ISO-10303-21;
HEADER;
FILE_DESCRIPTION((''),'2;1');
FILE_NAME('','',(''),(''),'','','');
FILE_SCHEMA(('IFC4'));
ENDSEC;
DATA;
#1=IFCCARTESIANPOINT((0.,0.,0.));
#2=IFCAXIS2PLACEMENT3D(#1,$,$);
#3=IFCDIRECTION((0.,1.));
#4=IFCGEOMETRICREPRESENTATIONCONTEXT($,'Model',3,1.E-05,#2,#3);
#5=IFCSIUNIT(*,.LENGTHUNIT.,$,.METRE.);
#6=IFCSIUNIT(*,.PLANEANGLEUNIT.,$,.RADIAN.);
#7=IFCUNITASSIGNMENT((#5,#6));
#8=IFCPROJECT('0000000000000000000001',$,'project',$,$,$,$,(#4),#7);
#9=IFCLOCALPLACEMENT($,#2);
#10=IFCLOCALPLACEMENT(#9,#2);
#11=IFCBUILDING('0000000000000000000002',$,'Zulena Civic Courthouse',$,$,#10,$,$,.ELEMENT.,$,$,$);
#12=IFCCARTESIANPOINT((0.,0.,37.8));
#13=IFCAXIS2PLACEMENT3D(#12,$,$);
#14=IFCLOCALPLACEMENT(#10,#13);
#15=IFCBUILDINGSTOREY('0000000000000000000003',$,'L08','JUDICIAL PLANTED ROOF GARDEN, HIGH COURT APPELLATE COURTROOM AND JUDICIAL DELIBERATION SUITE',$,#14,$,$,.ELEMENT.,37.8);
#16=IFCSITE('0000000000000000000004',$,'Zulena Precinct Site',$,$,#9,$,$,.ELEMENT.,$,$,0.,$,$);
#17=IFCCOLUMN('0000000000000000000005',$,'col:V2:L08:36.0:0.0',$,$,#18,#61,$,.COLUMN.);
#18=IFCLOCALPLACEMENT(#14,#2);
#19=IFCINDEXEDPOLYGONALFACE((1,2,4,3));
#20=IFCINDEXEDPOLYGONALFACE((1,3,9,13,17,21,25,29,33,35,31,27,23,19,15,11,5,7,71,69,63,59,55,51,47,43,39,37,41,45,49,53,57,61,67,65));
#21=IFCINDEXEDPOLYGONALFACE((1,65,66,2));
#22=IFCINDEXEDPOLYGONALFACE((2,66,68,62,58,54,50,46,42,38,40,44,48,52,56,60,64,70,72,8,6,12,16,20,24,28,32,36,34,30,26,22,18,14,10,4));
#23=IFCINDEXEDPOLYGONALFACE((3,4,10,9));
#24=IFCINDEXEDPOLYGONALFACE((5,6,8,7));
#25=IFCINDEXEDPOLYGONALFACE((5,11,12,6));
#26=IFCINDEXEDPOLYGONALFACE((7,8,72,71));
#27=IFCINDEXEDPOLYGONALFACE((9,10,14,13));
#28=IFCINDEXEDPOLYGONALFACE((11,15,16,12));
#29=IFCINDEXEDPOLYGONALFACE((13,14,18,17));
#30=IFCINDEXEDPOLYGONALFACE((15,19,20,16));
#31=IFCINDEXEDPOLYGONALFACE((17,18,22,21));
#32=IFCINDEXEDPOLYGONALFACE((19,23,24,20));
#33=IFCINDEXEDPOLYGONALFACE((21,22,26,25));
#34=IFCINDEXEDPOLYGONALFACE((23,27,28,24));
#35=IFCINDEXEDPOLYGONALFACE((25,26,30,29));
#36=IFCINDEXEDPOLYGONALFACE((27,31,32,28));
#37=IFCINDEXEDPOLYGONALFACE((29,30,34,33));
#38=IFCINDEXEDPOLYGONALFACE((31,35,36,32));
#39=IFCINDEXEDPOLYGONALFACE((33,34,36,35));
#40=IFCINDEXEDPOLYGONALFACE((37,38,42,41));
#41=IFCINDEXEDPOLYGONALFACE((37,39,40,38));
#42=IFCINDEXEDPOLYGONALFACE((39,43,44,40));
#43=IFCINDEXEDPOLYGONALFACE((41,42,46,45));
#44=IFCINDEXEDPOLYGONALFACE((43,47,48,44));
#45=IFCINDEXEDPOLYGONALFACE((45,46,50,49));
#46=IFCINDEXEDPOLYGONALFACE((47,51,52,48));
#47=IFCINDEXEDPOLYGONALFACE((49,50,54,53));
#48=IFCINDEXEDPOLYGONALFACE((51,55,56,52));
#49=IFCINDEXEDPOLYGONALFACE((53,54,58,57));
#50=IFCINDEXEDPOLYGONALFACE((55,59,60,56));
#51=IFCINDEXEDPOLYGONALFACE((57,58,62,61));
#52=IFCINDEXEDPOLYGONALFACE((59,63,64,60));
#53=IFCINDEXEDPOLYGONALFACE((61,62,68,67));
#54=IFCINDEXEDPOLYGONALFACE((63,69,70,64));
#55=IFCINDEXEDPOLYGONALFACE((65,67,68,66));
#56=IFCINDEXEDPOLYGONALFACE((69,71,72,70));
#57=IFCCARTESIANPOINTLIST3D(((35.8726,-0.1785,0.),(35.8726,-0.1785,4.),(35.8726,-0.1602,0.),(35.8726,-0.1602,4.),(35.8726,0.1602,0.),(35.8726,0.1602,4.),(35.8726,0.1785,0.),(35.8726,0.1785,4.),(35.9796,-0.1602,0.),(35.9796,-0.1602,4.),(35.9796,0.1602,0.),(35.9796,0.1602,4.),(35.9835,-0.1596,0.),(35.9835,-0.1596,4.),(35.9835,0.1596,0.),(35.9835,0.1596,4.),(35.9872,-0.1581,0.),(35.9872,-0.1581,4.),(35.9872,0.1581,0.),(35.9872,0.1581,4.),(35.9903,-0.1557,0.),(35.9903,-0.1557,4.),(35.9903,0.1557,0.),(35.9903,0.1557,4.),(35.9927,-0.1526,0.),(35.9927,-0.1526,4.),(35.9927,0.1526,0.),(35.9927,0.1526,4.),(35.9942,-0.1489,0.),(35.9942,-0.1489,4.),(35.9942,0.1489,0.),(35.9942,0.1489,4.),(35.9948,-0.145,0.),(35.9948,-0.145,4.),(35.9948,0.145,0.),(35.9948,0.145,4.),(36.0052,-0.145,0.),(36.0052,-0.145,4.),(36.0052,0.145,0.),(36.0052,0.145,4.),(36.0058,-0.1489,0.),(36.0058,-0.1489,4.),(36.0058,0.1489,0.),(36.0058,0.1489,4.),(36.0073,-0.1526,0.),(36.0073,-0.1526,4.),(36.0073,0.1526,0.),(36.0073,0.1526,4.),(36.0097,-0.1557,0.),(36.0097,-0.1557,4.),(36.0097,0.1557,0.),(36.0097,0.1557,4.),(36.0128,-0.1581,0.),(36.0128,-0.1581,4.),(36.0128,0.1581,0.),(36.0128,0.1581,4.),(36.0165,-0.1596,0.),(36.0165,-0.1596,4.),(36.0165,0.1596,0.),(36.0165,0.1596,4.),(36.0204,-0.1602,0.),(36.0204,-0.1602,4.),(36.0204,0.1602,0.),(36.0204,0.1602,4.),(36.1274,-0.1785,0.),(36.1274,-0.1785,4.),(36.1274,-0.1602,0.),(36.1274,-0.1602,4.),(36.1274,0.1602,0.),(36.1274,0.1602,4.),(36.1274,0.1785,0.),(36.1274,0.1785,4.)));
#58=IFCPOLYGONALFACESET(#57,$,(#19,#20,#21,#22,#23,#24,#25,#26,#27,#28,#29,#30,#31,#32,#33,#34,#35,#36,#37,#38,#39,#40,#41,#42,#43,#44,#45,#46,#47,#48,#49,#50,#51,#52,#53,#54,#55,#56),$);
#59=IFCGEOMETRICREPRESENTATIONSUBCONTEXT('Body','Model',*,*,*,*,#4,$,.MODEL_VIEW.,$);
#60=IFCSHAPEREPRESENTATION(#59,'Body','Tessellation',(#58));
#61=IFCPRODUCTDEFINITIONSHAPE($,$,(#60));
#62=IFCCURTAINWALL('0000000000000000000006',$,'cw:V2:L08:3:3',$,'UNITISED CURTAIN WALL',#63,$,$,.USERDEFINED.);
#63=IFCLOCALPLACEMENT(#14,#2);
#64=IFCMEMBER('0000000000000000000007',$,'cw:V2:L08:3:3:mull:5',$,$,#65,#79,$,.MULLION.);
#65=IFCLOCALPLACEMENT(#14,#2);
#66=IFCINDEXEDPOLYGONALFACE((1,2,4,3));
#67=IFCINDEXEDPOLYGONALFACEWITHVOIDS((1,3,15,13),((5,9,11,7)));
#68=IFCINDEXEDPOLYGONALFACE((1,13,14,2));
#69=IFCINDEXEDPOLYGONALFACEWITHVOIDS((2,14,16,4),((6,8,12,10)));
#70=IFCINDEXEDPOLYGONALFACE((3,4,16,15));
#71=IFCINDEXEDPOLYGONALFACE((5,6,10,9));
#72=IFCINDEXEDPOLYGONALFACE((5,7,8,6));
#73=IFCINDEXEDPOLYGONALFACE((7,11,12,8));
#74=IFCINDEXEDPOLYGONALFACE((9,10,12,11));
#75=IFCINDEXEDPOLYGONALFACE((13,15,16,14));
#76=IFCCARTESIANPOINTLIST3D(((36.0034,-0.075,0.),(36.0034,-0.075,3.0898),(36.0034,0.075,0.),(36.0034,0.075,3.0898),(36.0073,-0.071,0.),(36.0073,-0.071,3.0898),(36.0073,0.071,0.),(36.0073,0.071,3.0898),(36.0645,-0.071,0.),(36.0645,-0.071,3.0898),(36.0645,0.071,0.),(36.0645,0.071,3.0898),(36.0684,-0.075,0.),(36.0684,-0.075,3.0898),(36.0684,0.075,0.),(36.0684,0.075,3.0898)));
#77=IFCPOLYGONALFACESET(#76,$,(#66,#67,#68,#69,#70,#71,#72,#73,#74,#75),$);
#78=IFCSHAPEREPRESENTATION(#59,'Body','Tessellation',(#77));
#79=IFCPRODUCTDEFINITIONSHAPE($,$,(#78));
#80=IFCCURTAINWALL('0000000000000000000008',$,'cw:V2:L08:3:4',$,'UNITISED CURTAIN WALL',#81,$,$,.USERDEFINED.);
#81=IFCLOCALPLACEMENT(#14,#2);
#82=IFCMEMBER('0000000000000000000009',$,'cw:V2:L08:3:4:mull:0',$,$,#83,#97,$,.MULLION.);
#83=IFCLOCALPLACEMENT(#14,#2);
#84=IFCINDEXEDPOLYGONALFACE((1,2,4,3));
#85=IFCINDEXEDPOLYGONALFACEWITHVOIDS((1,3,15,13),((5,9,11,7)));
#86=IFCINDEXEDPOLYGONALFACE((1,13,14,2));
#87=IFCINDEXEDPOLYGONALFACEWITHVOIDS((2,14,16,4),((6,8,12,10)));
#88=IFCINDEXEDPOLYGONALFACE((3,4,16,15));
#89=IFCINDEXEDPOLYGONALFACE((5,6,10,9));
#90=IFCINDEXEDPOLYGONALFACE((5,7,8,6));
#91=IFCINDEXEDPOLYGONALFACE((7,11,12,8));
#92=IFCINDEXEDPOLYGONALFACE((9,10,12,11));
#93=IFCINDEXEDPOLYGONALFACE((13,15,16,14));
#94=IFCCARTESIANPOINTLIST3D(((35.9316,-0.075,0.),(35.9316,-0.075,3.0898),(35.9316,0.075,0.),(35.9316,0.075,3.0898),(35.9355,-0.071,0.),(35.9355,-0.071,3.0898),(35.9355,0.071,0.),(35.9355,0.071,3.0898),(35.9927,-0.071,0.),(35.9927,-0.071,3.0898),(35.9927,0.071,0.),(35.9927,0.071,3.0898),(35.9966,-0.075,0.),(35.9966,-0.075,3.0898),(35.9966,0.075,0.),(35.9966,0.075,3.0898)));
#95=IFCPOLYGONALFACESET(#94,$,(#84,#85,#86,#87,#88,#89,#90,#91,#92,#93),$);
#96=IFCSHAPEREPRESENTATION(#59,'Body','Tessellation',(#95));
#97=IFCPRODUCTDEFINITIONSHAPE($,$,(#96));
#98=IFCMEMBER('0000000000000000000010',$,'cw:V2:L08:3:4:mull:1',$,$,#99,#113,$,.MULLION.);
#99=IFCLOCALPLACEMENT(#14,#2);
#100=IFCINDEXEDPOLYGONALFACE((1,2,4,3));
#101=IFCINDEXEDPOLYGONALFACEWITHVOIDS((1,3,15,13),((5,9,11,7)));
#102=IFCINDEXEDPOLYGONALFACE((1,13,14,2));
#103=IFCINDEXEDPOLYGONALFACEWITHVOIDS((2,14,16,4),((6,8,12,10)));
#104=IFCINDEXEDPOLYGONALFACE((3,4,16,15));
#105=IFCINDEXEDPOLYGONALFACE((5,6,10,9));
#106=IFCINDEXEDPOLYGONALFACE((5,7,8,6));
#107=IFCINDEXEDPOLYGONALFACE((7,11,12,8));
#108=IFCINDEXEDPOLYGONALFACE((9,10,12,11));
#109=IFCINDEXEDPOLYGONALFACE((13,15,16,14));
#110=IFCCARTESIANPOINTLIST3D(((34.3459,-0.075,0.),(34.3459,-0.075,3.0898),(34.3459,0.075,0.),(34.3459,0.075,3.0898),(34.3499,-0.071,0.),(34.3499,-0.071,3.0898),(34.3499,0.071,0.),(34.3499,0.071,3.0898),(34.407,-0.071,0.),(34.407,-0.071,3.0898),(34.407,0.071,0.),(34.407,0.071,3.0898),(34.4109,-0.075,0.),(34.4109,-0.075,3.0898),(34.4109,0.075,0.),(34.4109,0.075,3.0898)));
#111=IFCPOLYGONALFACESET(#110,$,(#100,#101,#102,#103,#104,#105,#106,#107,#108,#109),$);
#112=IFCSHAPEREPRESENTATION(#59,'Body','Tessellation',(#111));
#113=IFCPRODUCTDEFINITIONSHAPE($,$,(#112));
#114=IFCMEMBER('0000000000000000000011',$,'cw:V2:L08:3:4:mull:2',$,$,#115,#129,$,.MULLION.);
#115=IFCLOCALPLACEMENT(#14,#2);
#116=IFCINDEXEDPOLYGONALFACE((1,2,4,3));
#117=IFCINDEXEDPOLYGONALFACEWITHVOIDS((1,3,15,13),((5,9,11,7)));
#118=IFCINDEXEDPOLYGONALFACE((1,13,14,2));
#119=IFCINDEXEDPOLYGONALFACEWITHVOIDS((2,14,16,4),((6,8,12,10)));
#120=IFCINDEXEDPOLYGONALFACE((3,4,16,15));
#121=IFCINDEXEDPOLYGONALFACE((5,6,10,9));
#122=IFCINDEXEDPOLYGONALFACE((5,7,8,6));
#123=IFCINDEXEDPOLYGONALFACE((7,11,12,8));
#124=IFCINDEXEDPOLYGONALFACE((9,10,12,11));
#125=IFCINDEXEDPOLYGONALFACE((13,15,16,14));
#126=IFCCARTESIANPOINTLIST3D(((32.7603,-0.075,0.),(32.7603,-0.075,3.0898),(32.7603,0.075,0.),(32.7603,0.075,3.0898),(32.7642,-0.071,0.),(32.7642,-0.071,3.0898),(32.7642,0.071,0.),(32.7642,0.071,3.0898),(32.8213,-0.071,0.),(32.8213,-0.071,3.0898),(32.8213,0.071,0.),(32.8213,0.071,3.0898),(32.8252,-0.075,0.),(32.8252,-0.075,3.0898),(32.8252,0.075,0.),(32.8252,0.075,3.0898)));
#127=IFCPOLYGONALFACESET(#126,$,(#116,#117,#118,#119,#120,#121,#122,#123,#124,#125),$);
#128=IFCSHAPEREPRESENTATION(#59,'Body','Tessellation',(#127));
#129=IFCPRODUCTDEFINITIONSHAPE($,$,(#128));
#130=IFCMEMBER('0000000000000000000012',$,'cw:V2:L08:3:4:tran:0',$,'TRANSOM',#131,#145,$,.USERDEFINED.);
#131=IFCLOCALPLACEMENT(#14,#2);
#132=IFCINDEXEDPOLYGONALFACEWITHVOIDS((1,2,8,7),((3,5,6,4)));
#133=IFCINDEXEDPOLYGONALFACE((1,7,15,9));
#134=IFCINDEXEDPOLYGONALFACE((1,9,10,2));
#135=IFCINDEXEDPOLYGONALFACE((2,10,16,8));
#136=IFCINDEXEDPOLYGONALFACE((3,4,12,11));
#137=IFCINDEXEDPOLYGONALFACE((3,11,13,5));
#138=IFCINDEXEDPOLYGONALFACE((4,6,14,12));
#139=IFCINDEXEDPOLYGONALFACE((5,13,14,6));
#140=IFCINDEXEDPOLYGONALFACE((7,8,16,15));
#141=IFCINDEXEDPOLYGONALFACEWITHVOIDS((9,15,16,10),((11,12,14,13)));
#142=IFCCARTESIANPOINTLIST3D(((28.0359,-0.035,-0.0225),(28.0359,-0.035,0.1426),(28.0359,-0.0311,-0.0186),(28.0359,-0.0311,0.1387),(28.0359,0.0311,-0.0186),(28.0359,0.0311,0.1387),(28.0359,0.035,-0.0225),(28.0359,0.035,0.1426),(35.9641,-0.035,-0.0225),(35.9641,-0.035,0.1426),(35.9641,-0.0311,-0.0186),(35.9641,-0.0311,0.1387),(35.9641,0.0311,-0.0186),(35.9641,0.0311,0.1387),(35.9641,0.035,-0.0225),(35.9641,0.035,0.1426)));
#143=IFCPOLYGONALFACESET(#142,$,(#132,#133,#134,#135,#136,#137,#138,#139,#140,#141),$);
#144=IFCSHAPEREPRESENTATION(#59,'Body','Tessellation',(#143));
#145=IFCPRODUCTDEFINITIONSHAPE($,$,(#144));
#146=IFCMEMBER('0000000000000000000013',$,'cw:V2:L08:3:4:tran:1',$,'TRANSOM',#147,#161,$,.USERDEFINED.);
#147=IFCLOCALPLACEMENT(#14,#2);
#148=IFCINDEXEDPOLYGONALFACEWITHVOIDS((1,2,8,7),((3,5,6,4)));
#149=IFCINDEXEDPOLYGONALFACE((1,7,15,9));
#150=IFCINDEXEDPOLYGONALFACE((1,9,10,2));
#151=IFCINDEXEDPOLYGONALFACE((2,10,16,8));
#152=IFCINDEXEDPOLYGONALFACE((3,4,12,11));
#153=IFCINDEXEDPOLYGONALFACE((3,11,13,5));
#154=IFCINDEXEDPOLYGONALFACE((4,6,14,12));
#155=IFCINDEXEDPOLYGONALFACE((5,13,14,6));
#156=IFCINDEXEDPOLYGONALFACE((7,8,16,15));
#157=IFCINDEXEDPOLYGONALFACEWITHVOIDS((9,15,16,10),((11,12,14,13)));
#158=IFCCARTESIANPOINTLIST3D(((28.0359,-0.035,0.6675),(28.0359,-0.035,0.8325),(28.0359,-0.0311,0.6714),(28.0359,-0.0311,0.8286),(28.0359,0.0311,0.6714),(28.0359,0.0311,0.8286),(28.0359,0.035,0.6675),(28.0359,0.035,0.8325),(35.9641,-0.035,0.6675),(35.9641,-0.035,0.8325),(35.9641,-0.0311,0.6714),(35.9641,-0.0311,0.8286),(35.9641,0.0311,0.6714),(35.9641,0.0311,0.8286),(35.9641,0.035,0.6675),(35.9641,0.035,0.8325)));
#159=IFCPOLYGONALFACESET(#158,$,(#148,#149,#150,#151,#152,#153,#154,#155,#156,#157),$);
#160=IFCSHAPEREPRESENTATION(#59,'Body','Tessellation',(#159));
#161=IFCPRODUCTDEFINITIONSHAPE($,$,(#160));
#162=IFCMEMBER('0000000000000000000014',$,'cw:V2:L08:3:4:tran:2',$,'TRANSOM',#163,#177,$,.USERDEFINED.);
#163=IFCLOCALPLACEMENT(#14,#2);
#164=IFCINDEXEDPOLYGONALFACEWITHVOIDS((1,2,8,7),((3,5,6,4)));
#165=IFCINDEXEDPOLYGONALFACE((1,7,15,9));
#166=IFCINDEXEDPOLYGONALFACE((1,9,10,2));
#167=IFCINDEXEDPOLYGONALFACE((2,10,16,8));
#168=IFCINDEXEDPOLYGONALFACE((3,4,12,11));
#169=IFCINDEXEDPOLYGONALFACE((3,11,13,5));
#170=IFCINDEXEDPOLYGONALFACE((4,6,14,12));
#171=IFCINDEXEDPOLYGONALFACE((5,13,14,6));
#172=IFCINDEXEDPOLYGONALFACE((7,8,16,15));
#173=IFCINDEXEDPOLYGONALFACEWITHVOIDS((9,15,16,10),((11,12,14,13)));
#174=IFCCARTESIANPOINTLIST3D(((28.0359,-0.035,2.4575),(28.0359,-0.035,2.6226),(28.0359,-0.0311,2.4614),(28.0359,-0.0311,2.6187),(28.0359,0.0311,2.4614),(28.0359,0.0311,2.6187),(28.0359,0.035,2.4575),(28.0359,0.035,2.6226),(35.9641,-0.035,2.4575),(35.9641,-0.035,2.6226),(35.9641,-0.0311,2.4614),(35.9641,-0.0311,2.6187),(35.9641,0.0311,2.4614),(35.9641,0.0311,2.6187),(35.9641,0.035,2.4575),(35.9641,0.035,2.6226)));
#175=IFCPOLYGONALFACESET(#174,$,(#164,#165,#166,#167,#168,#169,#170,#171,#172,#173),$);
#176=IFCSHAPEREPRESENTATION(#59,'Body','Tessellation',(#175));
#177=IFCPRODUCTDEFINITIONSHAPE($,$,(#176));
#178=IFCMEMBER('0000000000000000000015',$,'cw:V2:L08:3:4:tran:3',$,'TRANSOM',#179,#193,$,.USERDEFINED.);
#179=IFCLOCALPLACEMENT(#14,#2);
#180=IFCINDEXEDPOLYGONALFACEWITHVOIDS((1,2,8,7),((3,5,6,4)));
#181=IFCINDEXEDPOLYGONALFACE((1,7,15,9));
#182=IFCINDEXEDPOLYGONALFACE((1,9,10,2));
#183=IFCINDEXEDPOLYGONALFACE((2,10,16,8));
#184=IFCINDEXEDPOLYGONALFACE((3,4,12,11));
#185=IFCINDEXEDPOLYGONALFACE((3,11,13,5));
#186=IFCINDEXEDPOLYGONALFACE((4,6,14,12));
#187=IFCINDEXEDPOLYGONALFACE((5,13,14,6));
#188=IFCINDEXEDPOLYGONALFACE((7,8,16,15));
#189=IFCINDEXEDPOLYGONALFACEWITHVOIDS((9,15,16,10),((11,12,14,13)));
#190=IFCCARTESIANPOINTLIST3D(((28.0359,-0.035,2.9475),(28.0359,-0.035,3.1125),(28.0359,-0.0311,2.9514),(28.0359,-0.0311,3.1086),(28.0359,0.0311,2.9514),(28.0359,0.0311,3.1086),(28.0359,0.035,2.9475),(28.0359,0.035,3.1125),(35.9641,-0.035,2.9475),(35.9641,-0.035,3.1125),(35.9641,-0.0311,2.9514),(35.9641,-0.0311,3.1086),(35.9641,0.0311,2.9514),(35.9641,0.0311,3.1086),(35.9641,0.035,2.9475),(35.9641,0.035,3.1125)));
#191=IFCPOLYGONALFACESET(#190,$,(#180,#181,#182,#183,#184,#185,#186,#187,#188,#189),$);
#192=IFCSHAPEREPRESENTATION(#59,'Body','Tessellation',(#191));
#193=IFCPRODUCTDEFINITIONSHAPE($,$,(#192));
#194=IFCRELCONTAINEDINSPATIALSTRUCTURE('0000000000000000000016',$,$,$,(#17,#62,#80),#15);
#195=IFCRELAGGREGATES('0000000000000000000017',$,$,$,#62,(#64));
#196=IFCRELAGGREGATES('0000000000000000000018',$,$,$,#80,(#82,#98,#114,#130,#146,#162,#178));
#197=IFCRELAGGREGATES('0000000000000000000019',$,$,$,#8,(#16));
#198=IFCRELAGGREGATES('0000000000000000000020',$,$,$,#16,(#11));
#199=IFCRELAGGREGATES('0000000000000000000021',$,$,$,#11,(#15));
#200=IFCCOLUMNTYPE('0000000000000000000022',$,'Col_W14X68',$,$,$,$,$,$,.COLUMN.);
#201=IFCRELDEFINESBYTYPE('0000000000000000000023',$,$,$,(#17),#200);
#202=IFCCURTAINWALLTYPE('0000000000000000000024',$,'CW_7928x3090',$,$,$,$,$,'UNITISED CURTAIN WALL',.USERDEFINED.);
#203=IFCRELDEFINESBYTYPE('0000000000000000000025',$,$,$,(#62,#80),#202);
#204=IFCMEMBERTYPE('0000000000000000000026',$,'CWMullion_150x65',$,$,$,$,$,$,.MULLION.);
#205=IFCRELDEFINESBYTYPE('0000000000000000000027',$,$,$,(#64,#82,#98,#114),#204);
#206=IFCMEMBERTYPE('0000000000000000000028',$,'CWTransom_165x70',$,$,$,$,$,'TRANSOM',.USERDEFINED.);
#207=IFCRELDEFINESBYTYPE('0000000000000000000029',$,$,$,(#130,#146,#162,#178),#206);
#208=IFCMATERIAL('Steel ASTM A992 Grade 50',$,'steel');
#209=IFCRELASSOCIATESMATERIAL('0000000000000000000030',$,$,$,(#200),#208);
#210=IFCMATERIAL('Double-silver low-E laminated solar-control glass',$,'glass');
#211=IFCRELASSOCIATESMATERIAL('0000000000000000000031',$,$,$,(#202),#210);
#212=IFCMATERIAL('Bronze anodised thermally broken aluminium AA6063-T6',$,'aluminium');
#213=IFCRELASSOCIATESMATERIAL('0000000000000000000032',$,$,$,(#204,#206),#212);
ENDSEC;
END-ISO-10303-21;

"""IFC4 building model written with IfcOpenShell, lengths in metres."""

from ifc_helpers import new_model, si_unit, direction, frame, origin, origin_2d, place, context, subcontext, project, spatial, hollow_rectangle, i_section, extrude, material, material_profile, profile_set, type_object, element, aggregate, save


model = new_model("IFC4")

# Units and contexts
model_context = context("Model", 3, precision=1e-05, world=origin(), true_north=direction((0.0, 1.0)))
body_context = subcontext(model_context, "Body", "Model", "MODEL_VIEW")
ifc_project = project(units=[si_unit("LENGTHUNIT", "METRE"), si_unit("PLANEANGLEUNIT", "RADIAN")], contexts=[model_context])

# Site, building, storey
site_placement = place(None, origin())
site = spatial("IfcSite", under=ifc_project, at=site_placement, Name="Zulena Precinct Site", CompositionType="ELEMENT", RefElevation=0.0)
building_placement = place(site_placement, origin())
building = spatial("IfcBuilding", under=site, at=building_placement, Name="Zulena Civic Courthouse", CompositionType="ELEMENT")
storey_placement = place(building_placement, frame((0.0, 0.0, 37.8)))
storey = spatial("IfcBuildingStorey", under=building, at=storey_placement, Name="L08", Description="JUDICIAL PLANTED ROOF GARDEN, HIGH COURT APPELLATE COURTROOM AND JUDICIAL DELIBERATION SUITE", CompositionType="ELEMENT", Elevation=37.8)

# Column
ifc_material_1 = material(Name="Steel ASTM A992 Grade 50", Category="steel")
ifc_material_profile_1 = material_profile(ifc_material_1, i_section(OverallWidth=0.2549, OverallDepth=0.3569, WebThickness=0.0105, FlangeThickness=0.0183, FilletRadius=0.0151, at=origin_2d()), Name="W14X68")
ifc_profile_set_1 = profile_set([ifc_material_profile_1], Name="Steel ASTM A992 Grade 50")
column_type = type_object("IfcColumnType", Name="Col_W14X68", PredefinedType="COLUMN", material=ifc_profile_set_1)
column_placement = place(storey_placement, frame((36.0, 0.0, 0.0), z_axis=(0.0, 0.0, 1.0), x_axis=(1.0, 0.0, 0.0)))
element("IfcColumn", 1, at=column_placement, inside=storey, type_object=column_type, Name="col:V2:L08:36.0:0.0", PredefinedType="COLUMN", context=body_context, shape_type="SweptSolid", body=[
    extrude(i_section(OverallWidth=0.2549, OverallDepth=0.3569, WebThickness=0.0105, FlangeThickness=0.0183, FilletRadius=0.0151, at=origin_2d()), origin(), (0.0, 0.0, 1.0), 4.0),
])

# Curtain wall, member
ifc_material_2 = material(Name="Double-silver low-E laminated solar-control glass", Category="glass")
curtain_wall_type = type_object("IfcCurtainWallType", Name="CW_7928x3090", ElementType="UNITISED CURTAIN WALL", PredefinedType="USERDEFINED", material=ifc_material_2)
curtain_wall_1_placement = place(storey_placement, origin())
curtain_wall_1 = element("IfcCurtainWall", 2, at=curtain_wall_1_placement, inside=storey, type_object=curtain_wall_type, Name="cw:V2:L08:3:3", ObjectType="UNITISED CURTAIN WALL", PredefinedType="USERDEFINED")
ifc_material_3 = material(Name="Bronze anodised thermally broken aluminium AA6063-T6", Category="aluminium")
ifc_material_profile_2 = material_profile(ifc_material_3, hollow_rectangle(XDim=0.0649, YDim=0.1499, WallThickness=0.0039, at=origin_2d()), Name="CWM150X65X4")
ifc_profile_set_2 = profile_set([ifc_material_profile_2], Name="Bronze anodised thermally broken aluminium AA6063-T6")
member_type_1 = type_object("IfcMemberType", Name="CWMullion_150x65", PredefinedType="MULLION", material=ifc_profile_set_2)
member_1_placement = place(storey_placement, frame((36.0359, 0.0, 0.0), z_axis=(0.0, 0.0, 1.0), x_axis=(1.0, 0.0, 0.0)))
member_1 = element("IfcMember", 3, at=member_1_placement, type_object=member_type_1, Name="cw:V2:L08:3:3:mull:5", PredefinedType="MULLION", context=body_context, shape_type="SweptSolid", body=[
    extrude(hollow_rectangle(XDim=0.0649, YDim=0.1499, WallThickness=0.0039, at=origin_2d()), origin(), (0.0, 0.0, 1.0), 3.0898),
])

# Curtain wall, members
curtain_wall_2_placement = place(storey_placement, origin())
curtain_wall_2 = element("IfcCurtainWall", 4, at=curtain_wall_2_placement, inside=storey, type_object=curtain_wall_type, Name="cw:V2:L08:3:4", ObjectType="UNITISED CURTAIN WALL", PredefinedType="USERDEFINED")
member_2_placement = place(storey_placement, frame((35.9641, 0.0, 0.0), z_axis=(0.0, 0.0, 1.0), x_axis=(1.0, 0.0, 0.0)))
member_2 = element("IfcMember", 5, at=member_2_placement, type_object=member_type_1, Name="cw:V2:L08:3:4:mull:0", PredefinedType="MULLION", context=body_context, shape_type="SweptSolid", body=[
    extrude(hollow_rectangle(XDim=0.0649, YDim=0.1499, WallThickness=0.0039, at=origin_2d()), origin(), (0.0, 0.0, 1.0), 3.0898),
])
member_3_placement = place(storey_placement, frame((34.3784, 0.0, 0.0), z_axis=(0.0, 0.0, 1.0), x_axis=(1.0, 0.0, 0.0)))
member_3 = element("IfcMember", 6, at=member_3_placement, type_object=member_type_1, Name="cw:V2:L08:3:4:mull:1", PredefinedType="MULLION", context=body_context, shape_type="SweptSolid", body=[
    extrude(hollow_rectangle(XDim=0.0649, YDim=0.1499, WallThickness=0.0039, at=origin_2d()), origin(), (0.0, 0.0, 1.0), 3.0898),
])
member_4_placement = place(storey_placement, frame((32.7927, 0.0, 0.0), z_axis=(0.0, 0.0, 1.0), x_axis=(1.0, 0.0, 0.0)))
member_4 = element("IfcMember", 7, at=member_4_placement, type_object=member_type_1, Name="cw:V2:L08:3:4:mull:2", PredefinedType="MULLION", context=body_context, shape_type="SweptSolid", body=[
    extrude(hollow_rectangle(XDim=0.0649, YDim=0.1499, WallThickness=0.0039, at=origin_2d()), origin(), (0.0, 0.0, 1.0), 3.0898),
])
ifc_material_profile_3 = material_profile(ifc_material_3, hollow_rectangle(XDim=0.0701, YDim=0.165, WallThickness=0.0039, at=origin_2d()), Name="CWT165X70X4")
ifc_profile_set_3 = profile_set([ifc_material_profile_3], Name="Bronze anodised thermally broken aluminium AA6063-T6")
member_type_2 = type_object("IfcMemberType", Name="CWTransom_165x70", ElementType="TRANSOM", PredefinedType="USERDEFINED", material=ifc_profile_set_3)
member_5_placement = place(storey_placement, frame((35.9641, 0.0, 0.0601), z_axis=(-1.0, 0.0, 0.0), x_axis=(0.0, -1.0, 0.0)))
member_5 = element("IfcMember", 8, at=member_5_placement, type_object=member_type_2, Name="cw:V2:L08:3:4:tran:0", ObjectType="TRANSOM", PredefinedType="USERDEFINED", context=body_context, shape_type="SweptSolid", body=[
    extrude(hollow_rectangle(XDim=0.0701, YDim=0.165, WallThickness=0.0039, at=origin_2d()), origin(), (0.0, 0.0, 1.0), 7.9282),
])
member_6_placement = place(storey_placement, frame((35.9641, 0.0, 0.75), z_axis=(-1.0, 0.0, 0.0), x_axis=(0.0, -1.0, 0.0)))
member_6 = element("IfcMember", 9, at=member_6_placement, type_object=member_type_2, Name="cw:V2:L08:3:4:tran:1", ObjectType="TRANSOM", PredefinedType="USERDEFINED", context=body_context, shape_type="SweptSolid", body=[
    extrude(hollow_rectangle(XDim=0.0701, YDim=0.165, WallThickness=0.0039, at=origin_2d()), origin(), (0.0, 0.0, 1.0), 7.9282),
])
member_7_placement = place(storey_placement, frame((35.9641, 0.0, 2.54), z_axis=(-1.0, 0.0, 0.0), x_axis=(0.0, -1.0, 0.0)))
member_7 = element("IfcMember", 10, at=member_7_placement, type_object=member_type_2, Name="cw:V2:L08:3:4:tran:2", ObjectType="TRANSOM", PredefinedType="USERDEFINED", context=body_context, shape_type="SweptSolid", body=[
    extrude(hollow_rectangle(XDim=0.0701, YDim=0.165, WallThickness=0.0039, at=origin_2d()), origin(), (0.0, 0.0, 1.0), 7.9282),
])
member_8_placement = place(storey_placement, frame((35.9641, 0.0, 3.03), z_axis=(-1.0, 0.0, 0.0), x_axis=(0.0, -1.0, 0.0)))
member_8 = element("IfcMember", 11, at=member_8_placement, type_object=member_type_2, Name="cw:V2:L08:3:4:tran:3", ObjectType="TRANSOM", PredefinedType="USERDEFINED", context=body_context, shape_type="SweptSolid", body=[
    extrude(hollow_rectangle(XDim=0.0701, YDim=0.165, WallThickness=0.0039, at=origin_2d()), origin(), (0.0, 0.0, 1.0), 7.9282),
])

aggregate(curtain_wall_1, [member_1])
aggregate(curtain_wall_2, [member_2, member_3, member_4, member_5, member_6, member_7, member_8])

save(model, "model.ifc")
